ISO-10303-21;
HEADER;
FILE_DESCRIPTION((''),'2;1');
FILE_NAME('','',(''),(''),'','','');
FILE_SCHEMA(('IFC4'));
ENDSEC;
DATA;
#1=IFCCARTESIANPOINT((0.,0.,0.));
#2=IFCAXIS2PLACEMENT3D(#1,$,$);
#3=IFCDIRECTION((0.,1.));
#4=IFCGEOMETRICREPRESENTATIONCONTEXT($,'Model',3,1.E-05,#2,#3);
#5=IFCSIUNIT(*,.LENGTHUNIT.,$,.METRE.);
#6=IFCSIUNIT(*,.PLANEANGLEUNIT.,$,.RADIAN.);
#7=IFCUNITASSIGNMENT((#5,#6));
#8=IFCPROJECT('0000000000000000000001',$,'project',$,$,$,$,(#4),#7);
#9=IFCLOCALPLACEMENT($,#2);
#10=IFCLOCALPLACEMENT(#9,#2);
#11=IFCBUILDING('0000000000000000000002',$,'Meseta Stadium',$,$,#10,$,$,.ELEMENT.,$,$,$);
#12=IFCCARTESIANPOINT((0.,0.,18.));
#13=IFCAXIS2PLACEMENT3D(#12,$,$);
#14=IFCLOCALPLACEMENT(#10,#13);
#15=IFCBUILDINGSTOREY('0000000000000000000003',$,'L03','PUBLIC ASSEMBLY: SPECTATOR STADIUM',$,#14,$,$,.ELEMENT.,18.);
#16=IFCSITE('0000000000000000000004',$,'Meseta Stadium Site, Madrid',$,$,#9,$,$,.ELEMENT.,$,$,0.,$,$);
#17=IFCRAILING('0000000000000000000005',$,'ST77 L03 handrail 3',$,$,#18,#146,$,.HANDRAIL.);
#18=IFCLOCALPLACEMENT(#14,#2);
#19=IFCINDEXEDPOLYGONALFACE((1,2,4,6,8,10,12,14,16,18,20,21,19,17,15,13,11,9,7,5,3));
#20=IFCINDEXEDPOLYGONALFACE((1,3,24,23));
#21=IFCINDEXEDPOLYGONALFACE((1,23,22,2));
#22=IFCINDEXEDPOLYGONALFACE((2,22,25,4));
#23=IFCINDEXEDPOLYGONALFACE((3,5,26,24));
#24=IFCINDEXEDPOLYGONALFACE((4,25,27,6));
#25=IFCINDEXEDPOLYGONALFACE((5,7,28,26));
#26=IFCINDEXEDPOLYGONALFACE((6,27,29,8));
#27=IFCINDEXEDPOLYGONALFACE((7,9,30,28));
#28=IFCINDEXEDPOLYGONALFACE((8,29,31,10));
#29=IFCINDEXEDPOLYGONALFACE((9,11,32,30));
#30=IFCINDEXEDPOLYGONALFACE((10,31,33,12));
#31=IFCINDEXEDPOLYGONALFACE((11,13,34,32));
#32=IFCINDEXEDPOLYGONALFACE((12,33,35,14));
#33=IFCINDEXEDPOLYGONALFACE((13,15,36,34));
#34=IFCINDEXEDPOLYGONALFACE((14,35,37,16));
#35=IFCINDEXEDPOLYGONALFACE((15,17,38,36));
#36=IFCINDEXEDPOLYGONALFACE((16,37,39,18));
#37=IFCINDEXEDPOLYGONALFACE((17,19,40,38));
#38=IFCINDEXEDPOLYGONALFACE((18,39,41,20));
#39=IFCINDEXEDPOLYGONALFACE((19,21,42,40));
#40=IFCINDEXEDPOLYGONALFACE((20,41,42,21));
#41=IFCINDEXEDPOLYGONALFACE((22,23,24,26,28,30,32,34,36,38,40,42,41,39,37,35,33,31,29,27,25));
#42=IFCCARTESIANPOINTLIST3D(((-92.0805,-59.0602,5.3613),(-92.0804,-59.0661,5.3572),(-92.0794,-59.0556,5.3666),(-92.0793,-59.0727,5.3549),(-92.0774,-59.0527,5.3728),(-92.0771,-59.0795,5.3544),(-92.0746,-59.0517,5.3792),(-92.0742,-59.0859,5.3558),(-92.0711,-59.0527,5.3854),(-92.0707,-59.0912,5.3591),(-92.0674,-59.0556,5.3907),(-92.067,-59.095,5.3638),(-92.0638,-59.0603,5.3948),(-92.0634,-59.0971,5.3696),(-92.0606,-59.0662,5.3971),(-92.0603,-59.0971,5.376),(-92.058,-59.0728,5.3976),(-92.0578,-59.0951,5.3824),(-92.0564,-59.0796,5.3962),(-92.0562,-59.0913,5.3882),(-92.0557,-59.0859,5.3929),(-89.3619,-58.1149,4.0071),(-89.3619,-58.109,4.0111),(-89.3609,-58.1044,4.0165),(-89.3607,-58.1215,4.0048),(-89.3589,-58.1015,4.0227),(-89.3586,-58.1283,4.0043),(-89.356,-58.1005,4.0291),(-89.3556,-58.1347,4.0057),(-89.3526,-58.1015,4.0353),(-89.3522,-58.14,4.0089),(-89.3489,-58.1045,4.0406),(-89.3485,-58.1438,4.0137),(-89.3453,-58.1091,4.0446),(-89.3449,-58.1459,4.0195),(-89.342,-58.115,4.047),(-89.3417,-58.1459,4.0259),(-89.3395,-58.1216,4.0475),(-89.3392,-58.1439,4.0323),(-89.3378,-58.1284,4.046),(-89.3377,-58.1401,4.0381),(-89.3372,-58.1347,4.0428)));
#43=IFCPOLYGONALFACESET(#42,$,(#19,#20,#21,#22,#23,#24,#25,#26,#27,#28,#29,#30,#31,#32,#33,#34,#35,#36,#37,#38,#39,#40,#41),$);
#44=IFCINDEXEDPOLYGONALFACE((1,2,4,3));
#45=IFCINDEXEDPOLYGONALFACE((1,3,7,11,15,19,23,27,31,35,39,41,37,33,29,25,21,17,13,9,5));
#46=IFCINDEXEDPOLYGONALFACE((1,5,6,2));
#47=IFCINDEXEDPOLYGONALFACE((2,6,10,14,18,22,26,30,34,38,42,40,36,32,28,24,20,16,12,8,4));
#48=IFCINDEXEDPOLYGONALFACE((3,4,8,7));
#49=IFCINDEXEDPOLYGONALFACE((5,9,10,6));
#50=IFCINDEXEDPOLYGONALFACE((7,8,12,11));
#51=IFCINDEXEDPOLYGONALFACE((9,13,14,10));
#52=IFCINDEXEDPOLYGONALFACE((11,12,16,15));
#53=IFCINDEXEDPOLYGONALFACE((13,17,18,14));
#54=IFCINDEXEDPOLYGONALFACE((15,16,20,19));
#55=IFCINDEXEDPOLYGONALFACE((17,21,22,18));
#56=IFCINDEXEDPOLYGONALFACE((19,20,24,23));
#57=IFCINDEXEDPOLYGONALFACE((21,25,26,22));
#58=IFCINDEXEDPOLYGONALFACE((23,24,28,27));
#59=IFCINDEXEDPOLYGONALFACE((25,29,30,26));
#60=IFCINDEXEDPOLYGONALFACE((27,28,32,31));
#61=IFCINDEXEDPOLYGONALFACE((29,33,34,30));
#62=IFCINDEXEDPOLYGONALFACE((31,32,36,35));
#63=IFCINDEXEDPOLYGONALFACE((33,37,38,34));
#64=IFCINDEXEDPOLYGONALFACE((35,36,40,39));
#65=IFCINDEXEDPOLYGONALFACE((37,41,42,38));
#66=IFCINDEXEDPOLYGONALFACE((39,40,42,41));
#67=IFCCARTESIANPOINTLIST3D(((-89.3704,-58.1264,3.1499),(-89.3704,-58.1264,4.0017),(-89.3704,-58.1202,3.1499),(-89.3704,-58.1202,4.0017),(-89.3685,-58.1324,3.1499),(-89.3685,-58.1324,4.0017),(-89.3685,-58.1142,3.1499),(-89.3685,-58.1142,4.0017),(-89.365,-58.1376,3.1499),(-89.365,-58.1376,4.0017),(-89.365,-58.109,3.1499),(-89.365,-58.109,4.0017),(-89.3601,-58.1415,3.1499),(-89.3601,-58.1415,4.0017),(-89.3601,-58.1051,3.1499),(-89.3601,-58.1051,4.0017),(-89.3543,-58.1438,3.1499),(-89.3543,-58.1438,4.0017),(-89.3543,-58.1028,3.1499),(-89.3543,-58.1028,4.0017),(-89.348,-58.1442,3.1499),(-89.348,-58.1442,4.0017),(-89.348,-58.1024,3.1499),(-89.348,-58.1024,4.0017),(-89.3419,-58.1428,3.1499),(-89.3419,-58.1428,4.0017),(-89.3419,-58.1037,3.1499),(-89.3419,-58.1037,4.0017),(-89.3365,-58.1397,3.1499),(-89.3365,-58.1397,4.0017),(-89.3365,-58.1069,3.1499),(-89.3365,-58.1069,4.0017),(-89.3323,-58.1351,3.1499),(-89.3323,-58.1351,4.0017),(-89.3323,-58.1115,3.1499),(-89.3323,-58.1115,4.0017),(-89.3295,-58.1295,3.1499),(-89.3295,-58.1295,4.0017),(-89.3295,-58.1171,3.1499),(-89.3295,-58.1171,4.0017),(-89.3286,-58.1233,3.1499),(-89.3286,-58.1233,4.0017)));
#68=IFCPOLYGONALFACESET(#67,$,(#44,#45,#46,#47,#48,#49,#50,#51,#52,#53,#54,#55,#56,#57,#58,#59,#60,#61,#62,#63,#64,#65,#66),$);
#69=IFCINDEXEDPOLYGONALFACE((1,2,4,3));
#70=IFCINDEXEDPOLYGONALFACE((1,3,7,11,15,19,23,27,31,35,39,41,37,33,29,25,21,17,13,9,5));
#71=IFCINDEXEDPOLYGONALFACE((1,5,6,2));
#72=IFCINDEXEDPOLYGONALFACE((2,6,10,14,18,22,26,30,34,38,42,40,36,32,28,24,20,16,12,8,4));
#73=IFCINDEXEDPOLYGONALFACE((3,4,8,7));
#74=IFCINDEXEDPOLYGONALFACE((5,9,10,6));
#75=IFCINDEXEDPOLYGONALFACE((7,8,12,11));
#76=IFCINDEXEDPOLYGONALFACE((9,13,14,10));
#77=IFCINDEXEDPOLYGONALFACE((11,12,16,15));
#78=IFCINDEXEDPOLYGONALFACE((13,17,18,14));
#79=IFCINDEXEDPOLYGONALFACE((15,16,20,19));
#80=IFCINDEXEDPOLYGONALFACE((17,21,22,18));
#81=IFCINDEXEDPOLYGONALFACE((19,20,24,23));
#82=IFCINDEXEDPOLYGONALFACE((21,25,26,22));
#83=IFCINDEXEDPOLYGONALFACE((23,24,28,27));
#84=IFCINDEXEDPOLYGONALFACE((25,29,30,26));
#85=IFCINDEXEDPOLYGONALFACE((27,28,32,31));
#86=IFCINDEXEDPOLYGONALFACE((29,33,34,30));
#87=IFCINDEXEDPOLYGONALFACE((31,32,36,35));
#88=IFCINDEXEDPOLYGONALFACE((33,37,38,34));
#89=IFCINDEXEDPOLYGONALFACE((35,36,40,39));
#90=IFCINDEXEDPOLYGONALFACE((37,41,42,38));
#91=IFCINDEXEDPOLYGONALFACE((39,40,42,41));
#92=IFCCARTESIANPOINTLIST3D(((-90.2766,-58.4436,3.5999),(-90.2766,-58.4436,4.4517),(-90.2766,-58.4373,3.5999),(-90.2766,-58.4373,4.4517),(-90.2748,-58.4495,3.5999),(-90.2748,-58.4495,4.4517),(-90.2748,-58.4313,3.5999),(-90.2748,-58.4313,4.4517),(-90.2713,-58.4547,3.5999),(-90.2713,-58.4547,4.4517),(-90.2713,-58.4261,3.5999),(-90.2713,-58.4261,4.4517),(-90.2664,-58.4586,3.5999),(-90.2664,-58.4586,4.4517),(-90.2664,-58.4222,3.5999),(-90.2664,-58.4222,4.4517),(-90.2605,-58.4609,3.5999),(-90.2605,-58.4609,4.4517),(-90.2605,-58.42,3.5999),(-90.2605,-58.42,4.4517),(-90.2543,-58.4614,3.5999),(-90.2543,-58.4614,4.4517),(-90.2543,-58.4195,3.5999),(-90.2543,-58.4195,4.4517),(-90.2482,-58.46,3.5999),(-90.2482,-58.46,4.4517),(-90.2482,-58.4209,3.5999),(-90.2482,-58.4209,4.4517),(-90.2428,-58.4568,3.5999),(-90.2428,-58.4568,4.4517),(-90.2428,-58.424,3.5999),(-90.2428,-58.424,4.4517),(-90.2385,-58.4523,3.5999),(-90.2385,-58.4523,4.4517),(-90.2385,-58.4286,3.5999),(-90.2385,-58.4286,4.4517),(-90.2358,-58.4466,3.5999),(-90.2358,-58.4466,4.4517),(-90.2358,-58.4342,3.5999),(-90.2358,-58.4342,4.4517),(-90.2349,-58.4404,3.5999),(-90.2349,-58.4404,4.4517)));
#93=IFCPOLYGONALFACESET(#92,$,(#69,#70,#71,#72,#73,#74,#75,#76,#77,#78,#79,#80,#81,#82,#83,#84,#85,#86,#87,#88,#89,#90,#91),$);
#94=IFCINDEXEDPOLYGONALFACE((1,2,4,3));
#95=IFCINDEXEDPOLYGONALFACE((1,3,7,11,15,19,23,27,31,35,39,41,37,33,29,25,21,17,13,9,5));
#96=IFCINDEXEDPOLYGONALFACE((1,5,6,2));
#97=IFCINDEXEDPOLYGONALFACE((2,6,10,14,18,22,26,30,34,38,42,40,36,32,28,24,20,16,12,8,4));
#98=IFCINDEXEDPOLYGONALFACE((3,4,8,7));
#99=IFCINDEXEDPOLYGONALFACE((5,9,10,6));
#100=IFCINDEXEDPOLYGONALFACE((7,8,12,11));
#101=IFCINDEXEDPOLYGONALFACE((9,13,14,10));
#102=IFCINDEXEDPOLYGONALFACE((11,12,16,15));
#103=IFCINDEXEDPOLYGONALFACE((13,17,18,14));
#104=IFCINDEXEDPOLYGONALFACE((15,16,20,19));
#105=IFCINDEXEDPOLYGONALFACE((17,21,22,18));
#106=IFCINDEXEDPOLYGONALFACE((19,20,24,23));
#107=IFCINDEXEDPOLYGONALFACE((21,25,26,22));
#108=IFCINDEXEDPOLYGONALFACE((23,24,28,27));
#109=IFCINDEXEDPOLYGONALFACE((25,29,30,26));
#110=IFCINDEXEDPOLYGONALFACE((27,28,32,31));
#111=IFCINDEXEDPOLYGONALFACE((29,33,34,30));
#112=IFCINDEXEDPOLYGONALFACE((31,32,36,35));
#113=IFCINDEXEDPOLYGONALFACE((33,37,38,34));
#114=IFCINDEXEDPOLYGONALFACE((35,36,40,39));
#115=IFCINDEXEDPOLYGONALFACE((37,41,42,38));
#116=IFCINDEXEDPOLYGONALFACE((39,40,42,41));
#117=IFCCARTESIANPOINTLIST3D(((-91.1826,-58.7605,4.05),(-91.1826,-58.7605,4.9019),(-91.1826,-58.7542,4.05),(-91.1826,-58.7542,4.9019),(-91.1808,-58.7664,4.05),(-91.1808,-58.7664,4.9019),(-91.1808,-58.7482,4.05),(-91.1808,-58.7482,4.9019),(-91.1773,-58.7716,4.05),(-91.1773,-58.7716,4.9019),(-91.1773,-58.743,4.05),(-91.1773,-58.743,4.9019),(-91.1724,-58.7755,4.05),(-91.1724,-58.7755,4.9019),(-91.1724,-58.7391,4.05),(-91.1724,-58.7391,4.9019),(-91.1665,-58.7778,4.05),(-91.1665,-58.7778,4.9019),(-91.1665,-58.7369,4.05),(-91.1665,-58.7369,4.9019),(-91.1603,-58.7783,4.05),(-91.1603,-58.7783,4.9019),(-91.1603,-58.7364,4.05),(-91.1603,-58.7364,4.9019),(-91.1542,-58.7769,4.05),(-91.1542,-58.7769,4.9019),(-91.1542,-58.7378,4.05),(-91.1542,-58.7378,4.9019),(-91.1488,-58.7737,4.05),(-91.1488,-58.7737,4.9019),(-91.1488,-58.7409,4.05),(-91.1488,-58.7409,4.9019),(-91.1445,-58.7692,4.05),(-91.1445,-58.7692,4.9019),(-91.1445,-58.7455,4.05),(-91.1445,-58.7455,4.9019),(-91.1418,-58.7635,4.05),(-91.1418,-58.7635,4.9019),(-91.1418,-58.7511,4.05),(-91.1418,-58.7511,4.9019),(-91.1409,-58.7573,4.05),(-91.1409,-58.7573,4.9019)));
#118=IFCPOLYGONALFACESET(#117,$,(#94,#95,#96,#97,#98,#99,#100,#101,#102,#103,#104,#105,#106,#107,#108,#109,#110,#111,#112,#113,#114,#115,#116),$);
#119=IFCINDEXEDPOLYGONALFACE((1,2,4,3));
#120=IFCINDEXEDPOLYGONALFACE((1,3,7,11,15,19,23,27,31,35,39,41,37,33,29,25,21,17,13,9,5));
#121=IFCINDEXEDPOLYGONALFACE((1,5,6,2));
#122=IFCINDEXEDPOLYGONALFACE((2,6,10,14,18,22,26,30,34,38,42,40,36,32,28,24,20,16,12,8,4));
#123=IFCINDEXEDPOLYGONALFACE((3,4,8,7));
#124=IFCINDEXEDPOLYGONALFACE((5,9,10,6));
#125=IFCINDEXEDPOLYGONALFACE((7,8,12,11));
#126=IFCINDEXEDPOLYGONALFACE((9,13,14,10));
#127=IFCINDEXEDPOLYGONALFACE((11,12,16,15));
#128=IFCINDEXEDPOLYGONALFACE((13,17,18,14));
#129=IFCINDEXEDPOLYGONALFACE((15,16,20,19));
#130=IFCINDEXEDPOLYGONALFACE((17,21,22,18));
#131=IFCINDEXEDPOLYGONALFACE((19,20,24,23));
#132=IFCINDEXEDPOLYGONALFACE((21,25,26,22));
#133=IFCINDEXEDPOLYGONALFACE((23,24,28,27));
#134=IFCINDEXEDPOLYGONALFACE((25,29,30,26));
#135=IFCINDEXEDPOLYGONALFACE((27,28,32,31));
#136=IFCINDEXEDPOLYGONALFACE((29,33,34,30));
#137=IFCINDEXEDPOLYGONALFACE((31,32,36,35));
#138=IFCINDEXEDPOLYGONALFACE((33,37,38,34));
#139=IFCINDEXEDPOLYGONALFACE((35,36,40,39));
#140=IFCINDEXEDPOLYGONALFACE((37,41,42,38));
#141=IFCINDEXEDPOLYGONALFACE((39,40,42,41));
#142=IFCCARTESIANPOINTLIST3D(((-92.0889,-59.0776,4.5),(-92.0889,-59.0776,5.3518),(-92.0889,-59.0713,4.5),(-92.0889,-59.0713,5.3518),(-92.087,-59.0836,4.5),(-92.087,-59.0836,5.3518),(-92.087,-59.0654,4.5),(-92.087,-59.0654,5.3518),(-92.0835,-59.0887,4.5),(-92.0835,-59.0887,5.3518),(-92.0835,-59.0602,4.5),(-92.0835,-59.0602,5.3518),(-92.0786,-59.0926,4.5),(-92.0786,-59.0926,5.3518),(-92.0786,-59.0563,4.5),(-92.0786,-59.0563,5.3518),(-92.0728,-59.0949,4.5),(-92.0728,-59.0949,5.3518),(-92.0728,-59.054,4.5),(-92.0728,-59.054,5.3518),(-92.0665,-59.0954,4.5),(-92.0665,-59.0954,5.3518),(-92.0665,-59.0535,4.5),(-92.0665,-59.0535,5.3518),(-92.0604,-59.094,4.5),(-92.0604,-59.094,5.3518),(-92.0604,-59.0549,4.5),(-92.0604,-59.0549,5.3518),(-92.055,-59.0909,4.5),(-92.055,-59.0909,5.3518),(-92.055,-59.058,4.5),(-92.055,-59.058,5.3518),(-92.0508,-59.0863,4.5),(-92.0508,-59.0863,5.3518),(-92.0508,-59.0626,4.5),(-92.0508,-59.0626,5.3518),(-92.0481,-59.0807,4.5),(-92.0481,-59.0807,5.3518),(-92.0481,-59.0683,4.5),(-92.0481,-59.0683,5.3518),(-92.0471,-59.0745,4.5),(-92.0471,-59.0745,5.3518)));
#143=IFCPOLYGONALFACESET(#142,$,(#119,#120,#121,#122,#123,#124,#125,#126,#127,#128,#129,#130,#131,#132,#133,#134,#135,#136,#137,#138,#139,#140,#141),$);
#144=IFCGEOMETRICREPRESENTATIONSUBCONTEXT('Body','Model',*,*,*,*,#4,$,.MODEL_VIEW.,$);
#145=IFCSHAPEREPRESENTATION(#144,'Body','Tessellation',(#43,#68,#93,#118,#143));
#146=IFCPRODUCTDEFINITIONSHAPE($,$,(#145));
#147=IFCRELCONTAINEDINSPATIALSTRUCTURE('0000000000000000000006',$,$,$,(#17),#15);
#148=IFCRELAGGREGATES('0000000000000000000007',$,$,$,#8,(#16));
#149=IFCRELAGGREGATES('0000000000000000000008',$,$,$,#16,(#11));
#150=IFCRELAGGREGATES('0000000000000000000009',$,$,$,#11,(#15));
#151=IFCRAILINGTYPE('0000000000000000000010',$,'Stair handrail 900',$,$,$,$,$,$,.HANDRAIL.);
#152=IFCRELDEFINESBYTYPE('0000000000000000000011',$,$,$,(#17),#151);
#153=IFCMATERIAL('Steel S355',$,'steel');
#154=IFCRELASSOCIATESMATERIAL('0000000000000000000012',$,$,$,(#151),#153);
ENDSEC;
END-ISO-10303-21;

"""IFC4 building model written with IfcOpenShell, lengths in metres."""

from ifc_helpers import new_model, si_unit, direction, frame, origin, origin_2d, place, context, subcontext, project, spatial, circle, extrude, material, type_object, element, save


model = new_model("IFC4")

# Units and contexts
model_context = context("Model", 3, precision=1e-05, world=origin(), true_north=direction((0.0, 1.0)))
body_context = subcontext(model_context, "Body", "Model", "MODEL_VIEW")
ifc_project = project(units=[si_unit("LENGTHUNIT", "METRE"), si_unit("PLANEANGLEUNIT", "RADIAN")], contexts=[model_context])

# Site, building, storey
site_placement = place(None, origin())
site = spatial("IfcSite", under=ifc_project, at=site_placement, Name="Meseta Stadium Site, Madrid", CompositionType="ELEMENT", RefElevation=0.0)
building_placement = place(site_placement, origin())
building = spatial("IfcBuilding", under=site, at=building_placement, Name="Meseta Stadium", CompositionType="ELEMENT")
storey_placement = place(building_placement, frame((0.0, 0.0, 18.0)))
storey = spatial("IfcBuildingStorey", under=building, at=storey_placement, Name="L03", Description="PUBLIC ASSEMBLY: SPECTATOR STADIUM", CompositionType="ELEMENT", Elevation=18.0)

# Railing
ifc_material_1 = material(Name="Steel S355", Category="steel")
railing_type_1 = type_object("IfcRailingType", Name="Stair handrail 900", PredefinedType="HANDRAIL", material=ifc_material_1)
for number, where, name in (
    (1, (-89.3496, -58.1233, 3.1499), "ST77 L03 handrail 3"),
):
    element("IfcRailing", number, at=place(storey_placement, frame(where)), inside=storey, type_object=railing_type_1, Name=name, PredefinedType="HANDRAIL", context=body_context, shape_type="SweptSolid", body=[
        extrude(circle(Radius=0.0239, at=origin_2d()), frame((0.0, 0.0, 0.876), z_axis=(-0.854649, -0.299031, 0.424446), x_axis=(0.330256, -0.943891, 0.0)), (0.0, 0.0, 1.0), 3.1809),
        extrude(circle(Radius=0.021, at=origin_2d()), origin(), (0.0, 0.0, 1.0), 0.8518),
        extrude(circle(Radius=0.021, at=origin_2d()), frame((-0.9062, -0.3171, 0.45)), (0.0, 0.0, 1.0), 0.8518),
        extrude(circle(Radius=0.021, at=origin_2d()), frame((-1.8123, -0.634, 0.9001)), (0.0, 0.0, 1.0), 0.8518),
        extrude(circle(Radius=0.021, at=origin_2d()), frame((-2.7185, -0.9512, 1.3501)), (0.0, 0.0, 1.0), 0.8518),
    ])

save(model, "model.ifc")
